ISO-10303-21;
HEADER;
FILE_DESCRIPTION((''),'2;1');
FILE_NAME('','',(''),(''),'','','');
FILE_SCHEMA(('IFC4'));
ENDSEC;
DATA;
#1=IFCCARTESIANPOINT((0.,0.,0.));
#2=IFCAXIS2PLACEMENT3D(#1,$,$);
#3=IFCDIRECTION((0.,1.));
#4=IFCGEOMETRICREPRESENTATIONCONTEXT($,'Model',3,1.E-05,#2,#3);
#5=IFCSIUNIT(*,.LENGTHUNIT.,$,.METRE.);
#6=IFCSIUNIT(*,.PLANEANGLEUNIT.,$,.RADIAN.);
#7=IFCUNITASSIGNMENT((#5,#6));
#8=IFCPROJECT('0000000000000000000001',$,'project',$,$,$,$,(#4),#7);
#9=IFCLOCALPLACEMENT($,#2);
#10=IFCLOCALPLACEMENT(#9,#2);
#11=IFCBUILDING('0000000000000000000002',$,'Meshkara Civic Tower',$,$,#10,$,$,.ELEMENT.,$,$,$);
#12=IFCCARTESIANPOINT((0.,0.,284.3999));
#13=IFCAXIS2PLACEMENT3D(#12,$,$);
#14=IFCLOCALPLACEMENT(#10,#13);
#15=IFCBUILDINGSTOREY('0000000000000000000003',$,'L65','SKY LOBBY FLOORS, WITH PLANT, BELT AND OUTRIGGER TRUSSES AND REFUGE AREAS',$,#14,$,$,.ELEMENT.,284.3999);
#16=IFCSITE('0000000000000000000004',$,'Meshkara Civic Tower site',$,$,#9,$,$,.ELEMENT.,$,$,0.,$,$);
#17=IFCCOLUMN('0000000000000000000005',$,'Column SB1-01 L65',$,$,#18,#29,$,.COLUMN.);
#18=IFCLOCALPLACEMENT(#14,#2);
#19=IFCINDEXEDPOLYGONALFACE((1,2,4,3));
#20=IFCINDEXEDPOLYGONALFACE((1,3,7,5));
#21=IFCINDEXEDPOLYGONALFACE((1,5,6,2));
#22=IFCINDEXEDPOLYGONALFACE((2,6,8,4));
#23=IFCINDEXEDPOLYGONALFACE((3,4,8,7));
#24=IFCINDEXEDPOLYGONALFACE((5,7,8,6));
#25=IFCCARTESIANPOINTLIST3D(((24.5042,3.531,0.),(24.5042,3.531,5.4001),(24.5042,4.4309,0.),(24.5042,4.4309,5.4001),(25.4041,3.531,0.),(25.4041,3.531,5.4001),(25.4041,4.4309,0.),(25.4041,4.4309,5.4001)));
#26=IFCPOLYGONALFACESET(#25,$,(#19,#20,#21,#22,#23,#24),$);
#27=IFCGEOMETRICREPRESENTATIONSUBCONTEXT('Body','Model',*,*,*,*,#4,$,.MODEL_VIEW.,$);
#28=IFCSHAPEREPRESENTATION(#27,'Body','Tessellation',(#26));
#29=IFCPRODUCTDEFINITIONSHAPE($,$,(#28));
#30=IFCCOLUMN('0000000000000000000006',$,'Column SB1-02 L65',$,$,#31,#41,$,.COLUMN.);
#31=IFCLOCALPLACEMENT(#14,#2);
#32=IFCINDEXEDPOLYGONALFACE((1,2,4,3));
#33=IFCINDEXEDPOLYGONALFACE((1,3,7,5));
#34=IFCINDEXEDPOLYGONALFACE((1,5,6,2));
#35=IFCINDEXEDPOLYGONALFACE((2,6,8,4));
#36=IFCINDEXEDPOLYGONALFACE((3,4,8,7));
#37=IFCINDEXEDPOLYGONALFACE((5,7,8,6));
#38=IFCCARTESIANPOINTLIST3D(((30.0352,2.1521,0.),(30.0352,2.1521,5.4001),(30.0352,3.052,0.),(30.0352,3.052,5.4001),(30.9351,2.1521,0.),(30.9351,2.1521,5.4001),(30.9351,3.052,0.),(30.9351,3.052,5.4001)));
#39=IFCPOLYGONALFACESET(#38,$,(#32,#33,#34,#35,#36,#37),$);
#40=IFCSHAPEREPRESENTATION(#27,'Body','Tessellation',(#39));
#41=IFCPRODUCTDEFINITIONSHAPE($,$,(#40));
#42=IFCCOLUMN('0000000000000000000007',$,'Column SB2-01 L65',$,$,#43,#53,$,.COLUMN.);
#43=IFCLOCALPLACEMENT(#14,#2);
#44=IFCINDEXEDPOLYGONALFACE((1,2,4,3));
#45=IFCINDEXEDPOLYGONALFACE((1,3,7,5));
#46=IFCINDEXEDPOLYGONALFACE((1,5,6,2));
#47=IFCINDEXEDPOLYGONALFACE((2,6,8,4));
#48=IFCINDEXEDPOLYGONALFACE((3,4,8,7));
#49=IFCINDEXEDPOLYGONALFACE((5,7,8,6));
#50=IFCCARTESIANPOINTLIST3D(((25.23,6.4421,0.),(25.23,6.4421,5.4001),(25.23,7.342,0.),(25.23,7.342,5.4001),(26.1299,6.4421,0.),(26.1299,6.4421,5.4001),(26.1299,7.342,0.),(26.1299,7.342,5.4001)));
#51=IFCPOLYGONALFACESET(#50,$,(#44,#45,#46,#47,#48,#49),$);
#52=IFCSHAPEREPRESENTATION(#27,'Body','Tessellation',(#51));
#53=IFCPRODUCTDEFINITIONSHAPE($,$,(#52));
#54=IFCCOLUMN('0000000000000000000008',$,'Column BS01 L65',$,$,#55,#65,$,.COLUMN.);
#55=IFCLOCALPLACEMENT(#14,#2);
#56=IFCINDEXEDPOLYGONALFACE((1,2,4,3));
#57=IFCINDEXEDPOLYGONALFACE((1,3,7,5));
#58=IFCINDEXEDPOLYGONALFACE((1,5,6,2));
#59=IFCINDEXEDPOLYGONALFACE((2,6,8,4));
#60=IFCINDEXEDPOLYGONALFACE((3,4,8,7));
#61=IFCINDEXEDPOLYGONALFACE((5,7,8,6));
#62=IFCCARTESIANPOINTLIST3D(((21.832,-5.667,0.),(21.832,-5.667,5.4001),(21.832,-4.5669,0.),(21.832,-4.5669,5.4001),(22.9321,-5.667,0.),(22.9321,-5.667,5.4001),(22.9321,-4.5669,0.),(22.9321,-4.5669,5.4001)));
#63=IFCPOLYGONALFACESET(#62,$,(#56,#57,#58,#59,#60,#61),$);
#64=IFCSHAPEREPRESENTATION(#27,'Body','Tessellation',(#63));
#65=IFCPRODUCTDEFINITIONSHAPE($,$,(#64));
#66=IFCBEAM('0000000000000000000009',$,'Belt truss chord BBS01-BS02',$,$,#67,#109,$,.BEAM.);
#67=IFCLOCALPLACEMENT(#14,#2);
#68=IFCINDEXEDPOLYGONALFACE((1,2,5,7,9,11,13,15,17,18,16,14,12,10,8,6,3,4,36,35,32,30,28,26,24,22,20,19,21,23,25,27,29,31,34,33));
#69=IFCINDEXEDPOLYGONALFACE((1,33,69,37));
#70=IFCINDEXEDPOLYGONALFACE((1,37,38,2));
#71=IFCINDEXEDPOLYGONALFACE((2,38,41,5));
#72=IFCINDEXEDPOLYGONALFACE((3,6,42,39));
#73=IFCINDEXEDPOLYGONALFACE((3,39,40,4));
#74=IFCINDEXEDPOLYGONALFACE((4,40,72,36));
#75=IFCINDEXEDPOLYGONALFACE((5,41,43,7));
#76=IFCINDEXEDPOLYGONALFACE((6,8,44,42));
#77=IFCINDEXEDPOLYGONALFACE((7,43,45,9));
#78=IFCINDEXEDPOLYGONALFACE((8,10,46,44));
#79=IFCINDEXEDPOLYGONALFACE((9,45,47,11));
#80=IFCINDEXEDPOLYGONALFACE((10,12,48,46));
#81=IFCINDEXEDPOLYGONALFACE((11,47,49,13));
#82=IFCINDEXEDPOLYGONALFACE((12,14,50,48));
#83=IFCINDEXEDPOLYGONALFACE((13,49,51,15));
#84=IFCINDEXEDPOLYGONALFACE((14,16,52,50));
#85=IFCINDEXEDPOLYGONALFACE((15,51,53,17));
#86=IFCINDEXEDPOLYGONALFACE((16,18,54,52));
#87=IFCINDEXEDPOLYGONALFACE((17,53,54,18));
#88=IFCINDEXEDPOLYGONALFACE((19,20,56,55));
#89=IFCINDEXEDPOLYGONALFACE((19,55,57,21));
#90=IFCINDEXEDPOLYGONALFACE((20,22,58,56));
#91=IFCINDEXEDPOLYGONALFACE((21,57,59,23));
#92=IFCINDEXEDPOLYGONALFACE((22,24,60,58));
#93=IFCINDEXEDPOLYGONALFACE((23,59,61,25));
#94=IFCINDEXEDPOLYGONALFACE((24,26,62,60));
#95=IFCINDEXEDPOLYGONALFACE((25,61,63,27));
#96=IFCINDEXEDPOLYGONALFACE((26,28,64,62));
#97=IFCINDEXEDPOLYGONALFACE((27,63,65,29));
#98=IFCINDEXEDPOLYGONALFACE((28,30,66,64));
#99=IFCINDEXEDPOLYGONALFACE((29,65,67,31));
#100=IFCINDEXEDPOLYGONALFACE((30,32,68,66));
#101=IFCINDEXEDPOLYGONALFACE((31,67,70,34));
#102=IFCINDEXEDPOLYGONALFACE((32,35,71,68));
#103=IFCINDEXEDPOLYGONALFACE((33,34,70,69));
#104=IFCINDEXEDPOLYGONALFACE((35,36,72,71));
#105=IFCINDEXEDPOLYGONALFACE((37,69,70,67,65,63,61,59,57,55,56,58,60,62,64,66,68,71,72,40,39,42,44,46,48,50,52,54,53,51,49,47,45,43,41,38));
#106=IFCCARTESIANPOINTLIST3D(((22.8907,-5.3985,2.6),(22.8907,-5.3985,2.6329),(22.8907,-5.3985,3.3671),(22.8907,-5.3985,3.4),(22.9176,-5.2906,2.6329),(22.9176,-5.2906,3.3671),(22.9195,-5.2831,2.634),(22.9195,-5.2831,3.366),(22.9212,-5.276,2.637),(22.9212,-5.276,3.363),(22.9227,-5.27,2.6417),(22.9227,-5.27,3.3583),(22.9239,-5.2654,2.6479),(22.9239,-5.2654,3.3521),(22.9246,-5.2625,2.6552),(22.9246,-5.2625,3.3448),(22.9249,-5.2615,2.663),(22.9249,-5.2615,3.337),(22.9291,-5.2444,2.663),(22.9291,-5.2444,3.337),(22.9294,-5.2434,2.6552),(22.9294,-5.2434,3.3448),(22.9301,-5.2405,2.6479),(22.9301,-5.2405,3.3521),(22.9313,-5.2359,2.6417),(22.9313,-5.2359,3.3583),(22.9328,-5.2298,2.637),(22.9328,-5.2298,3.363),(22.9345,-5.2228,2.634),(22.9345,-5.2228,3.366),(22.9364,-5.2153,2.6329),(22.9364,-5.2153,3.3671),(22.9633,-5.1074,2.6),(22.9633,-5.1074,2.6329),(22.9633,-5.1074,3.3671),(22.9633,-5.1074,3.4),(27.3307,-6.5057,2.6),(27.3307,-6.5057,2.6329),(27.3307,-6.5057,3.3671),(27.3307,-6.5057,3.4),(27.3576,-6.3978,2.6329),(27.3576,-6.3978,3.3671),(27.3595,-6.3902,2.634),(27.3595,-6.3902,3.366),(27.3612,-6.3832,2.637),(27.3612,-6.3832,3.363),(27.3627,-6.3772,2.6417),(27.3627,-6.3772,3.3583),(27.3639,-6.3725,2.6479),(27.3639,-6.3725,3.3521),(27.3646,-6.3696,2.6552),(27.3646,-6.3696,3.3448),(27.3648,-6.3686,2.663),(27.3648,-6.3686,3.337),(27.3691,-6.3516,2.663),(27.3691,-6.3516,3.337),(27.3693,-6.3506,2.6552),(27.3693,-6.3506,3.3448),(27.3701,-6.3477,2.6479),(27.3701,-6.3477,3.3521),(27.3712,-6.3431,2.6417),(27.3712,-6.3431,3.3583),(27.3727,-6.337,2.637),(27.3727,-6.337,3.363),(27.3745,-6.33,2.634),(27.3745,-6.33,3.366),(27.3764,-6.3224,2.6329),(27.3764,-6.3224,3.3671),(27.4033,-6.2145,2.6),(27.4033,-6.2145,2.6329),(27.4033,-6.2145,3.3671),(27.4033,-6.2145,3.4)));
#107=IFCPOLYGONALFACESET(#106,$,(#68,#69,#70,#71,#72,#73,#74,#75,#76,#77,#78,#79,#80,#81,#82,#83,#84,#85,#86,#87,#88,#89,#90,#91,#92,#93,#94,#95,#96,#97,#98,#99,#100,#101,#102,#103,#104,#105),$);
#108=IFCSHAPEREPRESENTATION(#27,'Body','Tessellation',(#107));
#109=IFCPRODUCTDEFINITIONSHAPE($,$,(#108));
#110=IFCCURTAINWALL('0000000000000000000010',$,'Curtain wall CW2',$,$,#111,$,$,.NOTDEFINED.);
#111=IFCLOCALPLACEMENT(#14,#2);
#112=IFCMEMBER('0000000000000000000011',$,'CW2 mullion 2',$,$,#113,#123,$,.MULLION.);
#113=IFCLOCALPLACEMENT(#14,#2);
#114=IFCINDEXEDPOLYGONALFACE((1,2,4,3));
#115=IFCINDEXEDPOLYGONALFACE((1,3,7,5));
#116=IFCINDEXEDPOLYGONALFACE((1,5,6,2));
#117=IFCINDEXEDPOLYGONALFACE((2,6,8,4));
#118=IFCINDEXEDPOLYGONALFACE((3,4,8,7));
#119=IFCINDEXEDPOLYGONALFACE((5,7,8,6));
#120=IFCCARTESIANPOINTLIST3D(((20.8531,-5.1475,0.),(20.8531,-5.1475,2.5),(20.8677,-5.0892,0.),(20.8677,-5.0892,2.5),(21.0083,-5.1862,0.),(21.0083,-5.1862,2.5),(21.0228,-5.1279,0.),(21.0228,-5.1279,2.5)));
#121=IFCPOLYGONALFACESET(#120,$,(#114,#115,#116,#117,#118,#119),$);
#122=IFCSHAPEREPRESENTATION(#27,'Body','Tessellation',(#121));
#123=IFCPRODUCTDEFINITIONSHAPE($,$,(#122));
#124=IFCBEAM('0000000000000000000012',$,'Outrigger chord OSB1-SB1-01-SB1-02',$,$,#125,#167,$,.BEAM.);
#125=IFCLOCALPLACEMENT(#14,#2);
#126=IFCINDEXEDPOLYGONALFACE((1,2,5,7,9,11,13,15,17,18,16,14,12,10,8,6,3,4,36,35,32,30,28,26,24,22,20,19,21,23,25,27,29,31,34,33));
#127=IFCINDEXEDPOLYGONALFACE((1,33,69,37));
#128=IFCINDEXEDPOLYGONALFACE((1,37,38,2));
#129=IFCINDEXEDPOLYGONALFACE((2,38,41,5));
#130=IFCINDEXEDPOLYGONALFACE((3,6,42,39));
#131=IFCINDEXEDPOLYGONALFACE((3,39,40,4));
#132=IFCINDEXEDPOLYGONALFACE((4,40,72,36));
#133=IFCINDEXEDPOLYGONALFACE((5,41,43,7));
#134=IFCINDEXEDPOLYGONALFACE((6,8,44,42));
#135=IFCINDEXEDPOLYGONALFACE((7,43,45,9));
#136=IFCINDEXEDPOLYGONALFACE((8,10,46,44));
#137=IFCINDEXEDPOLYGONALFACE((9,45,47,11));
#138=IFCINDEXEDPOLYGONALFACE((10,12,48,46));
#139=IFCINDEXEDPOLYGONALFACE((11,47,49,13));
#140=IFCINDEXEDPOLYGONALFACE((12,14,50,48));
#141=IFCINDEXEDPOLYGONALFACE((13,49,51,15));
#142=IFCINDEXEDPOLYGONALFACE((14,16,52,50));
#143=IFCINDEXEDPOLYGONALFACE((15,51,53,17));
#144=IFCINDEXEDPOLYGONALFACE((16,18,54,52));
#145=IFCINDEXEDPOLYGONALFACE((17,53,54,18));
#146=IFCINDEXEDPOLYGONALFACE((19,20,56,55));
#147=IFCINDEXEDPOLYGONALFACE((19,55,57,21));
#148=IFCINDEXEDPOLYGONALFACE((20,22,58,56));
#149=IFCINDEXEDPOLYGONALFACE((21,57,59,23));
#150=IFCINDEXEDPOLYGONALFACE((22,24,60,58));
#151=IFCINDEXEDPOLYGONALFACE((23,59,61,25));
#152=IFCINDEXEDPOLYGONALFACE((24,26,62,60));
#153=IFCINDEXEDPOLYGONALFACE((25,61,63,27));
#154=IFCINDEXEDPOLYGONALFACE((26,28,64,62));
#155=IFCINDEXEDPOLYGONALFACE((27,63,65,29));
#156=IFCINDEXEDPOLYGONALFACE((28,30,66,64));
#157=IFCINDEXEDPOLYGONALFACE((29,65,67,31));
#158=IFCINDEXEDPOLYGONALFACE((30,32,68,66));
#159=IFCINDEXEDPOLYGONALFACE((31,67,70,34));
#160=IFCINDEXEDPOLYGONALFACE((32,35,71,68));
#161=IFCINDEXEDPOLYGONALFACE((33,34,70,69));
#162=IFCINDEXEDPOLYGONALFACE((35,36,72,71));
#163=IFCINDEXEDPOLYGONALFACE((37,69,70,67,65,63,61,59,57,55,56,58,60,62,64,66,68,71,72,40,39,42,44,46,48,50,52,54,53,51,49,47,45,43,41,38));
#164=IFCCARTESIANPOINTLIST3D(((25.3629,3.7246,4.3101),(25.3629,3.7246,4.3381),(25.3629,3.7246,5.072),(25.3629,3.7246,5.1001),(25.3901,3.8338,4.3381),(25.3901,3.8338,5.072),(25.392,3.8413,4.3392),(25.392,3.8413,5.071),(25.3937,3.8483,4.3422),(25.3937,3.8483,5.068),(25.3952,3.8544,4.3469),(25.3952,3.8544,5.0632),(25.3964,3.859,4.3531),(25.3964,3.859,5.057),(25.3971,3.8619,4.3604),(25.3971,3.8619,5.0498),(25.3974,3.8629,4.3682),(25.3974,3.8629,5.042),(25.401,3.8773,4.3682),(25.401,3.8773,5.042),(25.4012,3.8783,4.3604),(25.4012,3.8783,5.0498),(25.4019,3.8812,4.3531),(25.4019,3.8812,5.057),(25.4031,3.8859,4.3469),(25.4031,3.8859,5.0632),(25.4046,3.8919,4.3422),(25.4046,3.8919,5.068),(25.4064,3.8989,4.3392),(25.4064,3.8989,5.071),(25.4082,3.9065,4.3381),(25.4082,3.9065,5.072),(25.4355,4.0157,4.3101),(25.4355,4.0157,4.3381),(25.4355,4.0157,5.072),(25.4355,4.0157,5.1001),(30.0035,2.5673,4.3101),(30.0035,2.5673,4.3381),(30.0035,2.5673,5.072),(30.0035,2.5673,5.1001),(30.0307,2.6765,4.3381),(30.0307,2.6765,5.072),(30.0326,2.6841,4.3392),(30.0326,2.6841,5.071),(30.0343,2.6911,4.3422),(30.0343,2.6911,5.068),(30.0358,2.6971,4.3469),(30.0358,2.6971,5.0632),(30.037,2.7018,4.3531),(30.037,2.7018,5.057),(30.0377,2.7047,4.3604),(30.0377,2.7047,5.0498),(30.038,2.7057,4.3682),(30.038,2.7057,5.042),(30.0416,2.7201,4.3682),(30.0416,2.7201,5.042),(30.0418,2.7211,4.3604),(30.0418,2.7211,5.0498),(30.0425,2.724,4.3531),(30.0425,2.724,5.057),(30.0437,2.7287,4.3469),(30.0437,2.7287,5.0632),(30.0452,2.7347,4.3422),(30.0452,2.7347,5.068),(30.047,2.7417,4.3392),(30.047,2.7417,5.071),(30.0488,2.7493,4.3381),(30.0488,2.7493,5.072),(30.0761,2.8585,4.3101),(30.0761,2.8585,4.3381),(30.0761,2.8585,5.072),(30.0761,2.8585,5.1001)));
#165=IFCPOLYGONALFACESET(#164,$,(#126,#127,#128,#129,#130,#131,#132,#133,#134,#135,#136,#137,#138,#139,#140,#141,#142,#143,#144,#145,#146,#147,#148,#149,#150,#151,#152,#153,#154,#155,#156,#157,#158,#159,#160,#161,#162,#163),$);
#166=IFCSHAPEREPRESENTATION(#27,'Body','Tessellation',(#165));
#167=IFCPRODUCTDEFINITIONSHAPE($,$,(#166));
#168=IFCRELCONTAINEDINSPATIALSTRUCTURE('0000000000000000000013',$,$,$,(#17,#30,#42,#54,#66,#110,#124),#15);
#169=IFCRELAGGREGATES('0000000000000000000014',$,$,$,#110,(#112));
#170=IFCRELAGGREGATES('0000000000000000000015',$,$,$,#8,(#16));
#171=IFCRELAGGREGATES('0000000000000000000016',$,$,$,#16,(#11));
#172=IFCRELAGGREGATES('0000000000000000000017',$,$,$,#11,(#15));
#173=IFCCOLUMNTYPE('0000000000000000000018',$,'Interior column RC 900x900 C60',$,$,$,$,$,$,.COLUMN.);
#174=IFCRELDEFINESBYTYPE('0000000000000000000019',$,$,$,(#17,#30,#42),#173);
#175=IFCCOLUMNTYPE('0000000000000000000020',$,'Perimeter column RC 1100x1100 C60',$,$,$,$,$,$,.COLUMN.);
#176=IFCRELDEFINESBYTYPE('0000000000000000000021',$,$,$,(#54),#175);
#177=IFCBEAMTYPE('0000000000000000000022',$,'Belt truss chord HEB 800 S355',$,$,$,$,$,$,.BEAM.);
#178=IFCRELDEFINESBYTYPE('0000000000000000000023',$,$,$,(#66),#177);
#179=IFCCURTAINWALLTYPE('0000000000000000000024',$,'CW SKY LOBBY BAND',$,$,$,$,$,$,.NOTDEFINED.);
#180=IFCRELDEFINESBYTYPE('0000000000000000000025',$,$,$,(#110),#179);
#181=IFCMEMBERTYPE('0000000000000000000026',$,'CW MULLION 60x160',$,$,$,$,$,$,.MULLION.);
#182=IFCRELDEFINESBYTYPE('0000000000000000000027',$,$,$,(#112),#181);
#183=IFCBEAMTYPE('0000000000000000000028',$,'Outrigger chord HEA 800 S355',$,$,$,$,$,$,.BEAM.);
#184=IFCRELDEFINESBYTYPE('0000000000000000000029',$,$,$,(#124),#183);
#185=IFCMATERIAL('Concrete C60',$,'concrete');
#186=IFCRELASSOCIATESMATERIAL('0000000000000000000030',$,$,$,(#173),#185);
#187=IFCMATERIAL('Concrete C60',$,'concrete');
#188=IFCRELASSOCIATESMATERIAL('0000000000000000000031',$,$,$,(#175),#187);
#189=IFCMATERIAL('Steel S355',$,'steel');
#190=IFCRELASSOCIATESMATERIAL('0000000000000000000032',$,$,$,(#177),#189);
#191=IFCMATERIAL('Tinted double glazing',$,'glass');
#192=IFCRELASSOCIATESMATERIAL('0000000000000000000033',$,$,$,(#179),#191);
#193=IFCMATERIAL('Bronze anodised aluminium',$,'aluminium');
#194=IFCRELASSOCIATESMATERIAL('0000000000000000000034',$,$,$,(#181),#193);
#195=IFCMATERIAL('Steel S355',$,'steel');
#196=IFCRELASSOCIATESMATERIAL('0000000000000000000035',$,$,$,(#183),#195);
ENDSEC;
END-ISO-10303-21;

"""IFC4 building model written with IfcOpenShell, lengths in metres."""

from ifc_helpers import new_model, si_unit, direction, frame, origin, origin_2d, place, context, subcontext, project, spatial, rectangle, i_section, extrude, material, material_profile, profile_set, type_object, element, aggregate, save


model = new_model("IFC4")

# Units and contexts
model_context = context("Model", 3, precision=1e-05, world=origin(), true_north=direction((0.0, 1.0)))
body_context = subcontext(model_context, "Body", "Model", "MODEL_VIEW")
ifc_project = project(units=[si_unit("LENGTHUNIT", "METRE"), si_unit("PLANEANGLEUNIT", "RADIAN")], contexts=[model_context])

# Site, building, storey
site_placement = place(None, origin())
site = spatial("IfcSite", under=ifc_project, at=site_placement, Name="Meshkara Civic Tower site", CompositionType="ELEMENT", RefElevation=0.0)
building_placement = place(site_placement, origin())
building = spatial("IfcBuilding", under=site, at=building_placement, Name="Meshkara Civic Tower", CompositionType="ELEMENT")
storey_placement = place(building_placement, frame((0.0, 0.0, 284.3999)))
storey = spatial("IfcBuildingStorey", under=building, at=storey_placement, Name="L65", Description="SKY LOBBY FLOORS, WITH PLANT, BELT AND OUTRIGGER TRUSSES AND REFUGE AREAS", CompositionType="ELEMENT", Elevation=284.3999)

# Columns
ifc_material_1 = material(Name="Concrete C60", Category="concrete")
ifc_material_profile_1 = material_profile(ifc_material_1, rectangle(XDim=0.8999, YDim=0.8999, at=origin_2d()))
ifc_profile_set_1 = profile_set([ifc_material_profile_1], Name="Concrete C60")
column_type_1 = type_object("IfcColumnType", Name="Interior column RC 900x900 C60", PredefinedType="COLUMN", material=ifc_profile_set_1)
for number, where, z_axis, x_axis, name in (
    (1, (24.9541, 3.981, 0.0), (0.0, 0.0, 1.0), (1.0, 0.0, 0.0), "Column SB1-01 L65"),
    (2, (30.4851, 2.6021, 0.0), (0.0, 0.0, 1.0), (1.0, 0.0, 0.0), "Column SB1-02 L65"),
    (3, (25.6799, 6.8921, 0.0), (0.0, 0.0, 1.0), (1.0, 0.0, 0.0), "Column SB2-01 L65"),
):
    element("IfcColumn", number, at=place(storey_placement, frame(where, z_axis=z_axis, x_axis=x_axis)), inside=storey, type_object=column_type_1, Name=name, PredefinedType="COLUMN", context=body_context, shape_type="SweptSolid", body=[
        extrude(rectangle(XDim=0.8999, YDim=0.8999, at=origin_2d()), origin(), (0.0, 0.0, 1.0), 5.4001),
    ])
ifc_material_2 = material(Name="Concrete C60", Category="concrete")
ifc_material_profile_2 = material_profile(ifc_material_2, rectangle(XDim=1.1001, YDim=1.1001, at=origin_2d()))
ifc_profile_set_2 = profile_set([ifc_material_profile_2], Name="Concrete C60")
column_type_2 = type_object("IfcColumnType", Name="Perimeter column RC 1100x1100 C60", PredefinedType="COLUMN", material=ifc_profile_set_2)
column_placement = place(storey_placement, frame((22.3821, -5.1169, 0.0), z_axis=(0.0, 0.0, 1.0), x_axis=(1.0, 0.0, 0.0)))
element("IfcColumn", 4, at=column_placement, inside=storey, type_object=column_type_2, Name="Column BS01 L65", PredefinedType="COLUMN", context=body_context, shape_type="SweptSolid", body=[
    extrude(rectangle(XDim=1.1001, YDim=1.1001, at=origin_2d()), origin(), (0.0, 0.0, 1.0), 5.4001),
])

# Beam
ifc_material_3 = material(Name="Steel S355", Category="steel")
ifc_material_profile_3 = material_profile(ifc_material_3, i_section(OverallWidth=0.3, OverallDepth=0.8, WebThickness=0.0176, FlangeThickness=0.033, FilletRadius=0.03, at=origin_2d()))
ifc_profile_set_3 = profile_set([ifc_material_profile_3], Name="Steel S355")
beam_type_1 = type_object("IfcBeamType", Name="Belt truss chord HEB 800 S355", PredefinedType="BEAM", material=ifc_profile_set_3)
beam_placement = place(storey_placement, frame((22.927, -5.2529, 3.0), z_axis=(0.970287, -0.241958, 0.0), x_axis=(0.241958, 0.970287, 0.0)))
element("IfcBeam", 5, at=beam_placement, inside=storey, type_object=beam_type_1, Name="Belt truss chord BBS01-BS02", PredefinedType="BEAM", context=body_context, shape_type="SweptSolid", body=[
    extrude(i_section(OverallWidth=0.3, OverallDepth=0.8, WebThickness=0.0176, FlangeThickness=0.033, FilletRadius=0.03, at=origin_2d()), origin(), (0.0, 0.0, 1.0), 4.5759),
])

# Curtain wall, member
ifc_material_4 = material(Name="Tinted double glazing", Category="glass")
curtain_wall_type = type_object("IfcCurtainWallType", Name="CW SKY LOBBY BAND", PredefinedType="NOTDEFINED", material=ifc_material_4)
curtain_wall_placement = place(storey_placement, origin())
curtain_wall = element("IfcCurtainWall", 6, at=curtain_wall_placement, inside=storey, type_object=curtain_wall_type, Name="Curtain wall CW2", PredefinedType="NOTDEFINED")
ifc_material_5 = material(Name="Bronze anodised aluminium", Category="aluminium")
ifc_material_profile_4 = material_profile(ifc_material_5, rectangle(XDim=0.0601, YDim=0.1599, at=origin_2d()))
ifc_profile_set_4 = profile_set([ifc_material_profile_4], Name="Bronze anodised aluminium")
member_type_1 = type_object("IfcMemberType", Name="CW MULLION 60x160", PredefinedType="MULLION", material=ifc_profile_set_4)
member_1_placement = place(storey_placement, frame((20.938, -5.1377, 0.0), z_axis=(0.0, 0.0, 1.0), x_axis=(0.241951, 0.970288, 0.0)))
member_1 = element("IfcMember", 7, at=member_1_placement, type_object=member_type_1, Name="CW2 mullion 2", PredefinedType="MULLION", context=body_context, shape_type="SweptSolid", body=[
    extrude(rectangle(XDim=0.0601, YDim=0.1599, at=origin_2d()), origin(), (0.0, 0.0, 1.0), 2.5),
])
aggregate(curtain_wall, [member_1])

# Beam
ifc_material_6 = material(Name="Steel S355", Category="steel")
ifc_material_profile_5 = material_profile(ifc_material_6, i_section(OverallWidth=0.3, OverallDepth=0.79, WebThickness=0.0149, FlangeThickness=0.0281, FilletRadius=0.03, at=origin_2d()))
ifc_profile_set_5 = profile_set([ifc_material_profile_5], Name="Steel S355")
beam_type_2 = type_object("IfcBeamType", Name="Outrigger chord HEA 800 S355", PredefinedType="BEAM", material=ifc_profile_set_5)
for number, where, z_axis, x_axis, name in (
    (8, (25.3992, 3.8701, 4.7051), (0.970286, -0.241959, 0.0), (0.241959, 0.970286, 0.0), "Outrigger chord OSB1-SB1-01-SB1-02"),
):
    element("IfcBeam", number, at=place(storey_placement, frame(where, z_axis=z_axis, x_axis=x_axis)), inside=storey, type_object=beam_type_2, Name=name, PredefinedType="BEAM", context=body_context, shape_type="SweptSolid", body=[
        extrude(i_section(OverallWidth=0.3, OverallDepth=0.79, WebThickness=0.0149, FlangeThickness=0.0281, FilletRadius=0.03, at=origin_2d()), origin(), (0.0, 0.0, 1.0), 4.7827),
    ])

save(model, "model.ifc")
